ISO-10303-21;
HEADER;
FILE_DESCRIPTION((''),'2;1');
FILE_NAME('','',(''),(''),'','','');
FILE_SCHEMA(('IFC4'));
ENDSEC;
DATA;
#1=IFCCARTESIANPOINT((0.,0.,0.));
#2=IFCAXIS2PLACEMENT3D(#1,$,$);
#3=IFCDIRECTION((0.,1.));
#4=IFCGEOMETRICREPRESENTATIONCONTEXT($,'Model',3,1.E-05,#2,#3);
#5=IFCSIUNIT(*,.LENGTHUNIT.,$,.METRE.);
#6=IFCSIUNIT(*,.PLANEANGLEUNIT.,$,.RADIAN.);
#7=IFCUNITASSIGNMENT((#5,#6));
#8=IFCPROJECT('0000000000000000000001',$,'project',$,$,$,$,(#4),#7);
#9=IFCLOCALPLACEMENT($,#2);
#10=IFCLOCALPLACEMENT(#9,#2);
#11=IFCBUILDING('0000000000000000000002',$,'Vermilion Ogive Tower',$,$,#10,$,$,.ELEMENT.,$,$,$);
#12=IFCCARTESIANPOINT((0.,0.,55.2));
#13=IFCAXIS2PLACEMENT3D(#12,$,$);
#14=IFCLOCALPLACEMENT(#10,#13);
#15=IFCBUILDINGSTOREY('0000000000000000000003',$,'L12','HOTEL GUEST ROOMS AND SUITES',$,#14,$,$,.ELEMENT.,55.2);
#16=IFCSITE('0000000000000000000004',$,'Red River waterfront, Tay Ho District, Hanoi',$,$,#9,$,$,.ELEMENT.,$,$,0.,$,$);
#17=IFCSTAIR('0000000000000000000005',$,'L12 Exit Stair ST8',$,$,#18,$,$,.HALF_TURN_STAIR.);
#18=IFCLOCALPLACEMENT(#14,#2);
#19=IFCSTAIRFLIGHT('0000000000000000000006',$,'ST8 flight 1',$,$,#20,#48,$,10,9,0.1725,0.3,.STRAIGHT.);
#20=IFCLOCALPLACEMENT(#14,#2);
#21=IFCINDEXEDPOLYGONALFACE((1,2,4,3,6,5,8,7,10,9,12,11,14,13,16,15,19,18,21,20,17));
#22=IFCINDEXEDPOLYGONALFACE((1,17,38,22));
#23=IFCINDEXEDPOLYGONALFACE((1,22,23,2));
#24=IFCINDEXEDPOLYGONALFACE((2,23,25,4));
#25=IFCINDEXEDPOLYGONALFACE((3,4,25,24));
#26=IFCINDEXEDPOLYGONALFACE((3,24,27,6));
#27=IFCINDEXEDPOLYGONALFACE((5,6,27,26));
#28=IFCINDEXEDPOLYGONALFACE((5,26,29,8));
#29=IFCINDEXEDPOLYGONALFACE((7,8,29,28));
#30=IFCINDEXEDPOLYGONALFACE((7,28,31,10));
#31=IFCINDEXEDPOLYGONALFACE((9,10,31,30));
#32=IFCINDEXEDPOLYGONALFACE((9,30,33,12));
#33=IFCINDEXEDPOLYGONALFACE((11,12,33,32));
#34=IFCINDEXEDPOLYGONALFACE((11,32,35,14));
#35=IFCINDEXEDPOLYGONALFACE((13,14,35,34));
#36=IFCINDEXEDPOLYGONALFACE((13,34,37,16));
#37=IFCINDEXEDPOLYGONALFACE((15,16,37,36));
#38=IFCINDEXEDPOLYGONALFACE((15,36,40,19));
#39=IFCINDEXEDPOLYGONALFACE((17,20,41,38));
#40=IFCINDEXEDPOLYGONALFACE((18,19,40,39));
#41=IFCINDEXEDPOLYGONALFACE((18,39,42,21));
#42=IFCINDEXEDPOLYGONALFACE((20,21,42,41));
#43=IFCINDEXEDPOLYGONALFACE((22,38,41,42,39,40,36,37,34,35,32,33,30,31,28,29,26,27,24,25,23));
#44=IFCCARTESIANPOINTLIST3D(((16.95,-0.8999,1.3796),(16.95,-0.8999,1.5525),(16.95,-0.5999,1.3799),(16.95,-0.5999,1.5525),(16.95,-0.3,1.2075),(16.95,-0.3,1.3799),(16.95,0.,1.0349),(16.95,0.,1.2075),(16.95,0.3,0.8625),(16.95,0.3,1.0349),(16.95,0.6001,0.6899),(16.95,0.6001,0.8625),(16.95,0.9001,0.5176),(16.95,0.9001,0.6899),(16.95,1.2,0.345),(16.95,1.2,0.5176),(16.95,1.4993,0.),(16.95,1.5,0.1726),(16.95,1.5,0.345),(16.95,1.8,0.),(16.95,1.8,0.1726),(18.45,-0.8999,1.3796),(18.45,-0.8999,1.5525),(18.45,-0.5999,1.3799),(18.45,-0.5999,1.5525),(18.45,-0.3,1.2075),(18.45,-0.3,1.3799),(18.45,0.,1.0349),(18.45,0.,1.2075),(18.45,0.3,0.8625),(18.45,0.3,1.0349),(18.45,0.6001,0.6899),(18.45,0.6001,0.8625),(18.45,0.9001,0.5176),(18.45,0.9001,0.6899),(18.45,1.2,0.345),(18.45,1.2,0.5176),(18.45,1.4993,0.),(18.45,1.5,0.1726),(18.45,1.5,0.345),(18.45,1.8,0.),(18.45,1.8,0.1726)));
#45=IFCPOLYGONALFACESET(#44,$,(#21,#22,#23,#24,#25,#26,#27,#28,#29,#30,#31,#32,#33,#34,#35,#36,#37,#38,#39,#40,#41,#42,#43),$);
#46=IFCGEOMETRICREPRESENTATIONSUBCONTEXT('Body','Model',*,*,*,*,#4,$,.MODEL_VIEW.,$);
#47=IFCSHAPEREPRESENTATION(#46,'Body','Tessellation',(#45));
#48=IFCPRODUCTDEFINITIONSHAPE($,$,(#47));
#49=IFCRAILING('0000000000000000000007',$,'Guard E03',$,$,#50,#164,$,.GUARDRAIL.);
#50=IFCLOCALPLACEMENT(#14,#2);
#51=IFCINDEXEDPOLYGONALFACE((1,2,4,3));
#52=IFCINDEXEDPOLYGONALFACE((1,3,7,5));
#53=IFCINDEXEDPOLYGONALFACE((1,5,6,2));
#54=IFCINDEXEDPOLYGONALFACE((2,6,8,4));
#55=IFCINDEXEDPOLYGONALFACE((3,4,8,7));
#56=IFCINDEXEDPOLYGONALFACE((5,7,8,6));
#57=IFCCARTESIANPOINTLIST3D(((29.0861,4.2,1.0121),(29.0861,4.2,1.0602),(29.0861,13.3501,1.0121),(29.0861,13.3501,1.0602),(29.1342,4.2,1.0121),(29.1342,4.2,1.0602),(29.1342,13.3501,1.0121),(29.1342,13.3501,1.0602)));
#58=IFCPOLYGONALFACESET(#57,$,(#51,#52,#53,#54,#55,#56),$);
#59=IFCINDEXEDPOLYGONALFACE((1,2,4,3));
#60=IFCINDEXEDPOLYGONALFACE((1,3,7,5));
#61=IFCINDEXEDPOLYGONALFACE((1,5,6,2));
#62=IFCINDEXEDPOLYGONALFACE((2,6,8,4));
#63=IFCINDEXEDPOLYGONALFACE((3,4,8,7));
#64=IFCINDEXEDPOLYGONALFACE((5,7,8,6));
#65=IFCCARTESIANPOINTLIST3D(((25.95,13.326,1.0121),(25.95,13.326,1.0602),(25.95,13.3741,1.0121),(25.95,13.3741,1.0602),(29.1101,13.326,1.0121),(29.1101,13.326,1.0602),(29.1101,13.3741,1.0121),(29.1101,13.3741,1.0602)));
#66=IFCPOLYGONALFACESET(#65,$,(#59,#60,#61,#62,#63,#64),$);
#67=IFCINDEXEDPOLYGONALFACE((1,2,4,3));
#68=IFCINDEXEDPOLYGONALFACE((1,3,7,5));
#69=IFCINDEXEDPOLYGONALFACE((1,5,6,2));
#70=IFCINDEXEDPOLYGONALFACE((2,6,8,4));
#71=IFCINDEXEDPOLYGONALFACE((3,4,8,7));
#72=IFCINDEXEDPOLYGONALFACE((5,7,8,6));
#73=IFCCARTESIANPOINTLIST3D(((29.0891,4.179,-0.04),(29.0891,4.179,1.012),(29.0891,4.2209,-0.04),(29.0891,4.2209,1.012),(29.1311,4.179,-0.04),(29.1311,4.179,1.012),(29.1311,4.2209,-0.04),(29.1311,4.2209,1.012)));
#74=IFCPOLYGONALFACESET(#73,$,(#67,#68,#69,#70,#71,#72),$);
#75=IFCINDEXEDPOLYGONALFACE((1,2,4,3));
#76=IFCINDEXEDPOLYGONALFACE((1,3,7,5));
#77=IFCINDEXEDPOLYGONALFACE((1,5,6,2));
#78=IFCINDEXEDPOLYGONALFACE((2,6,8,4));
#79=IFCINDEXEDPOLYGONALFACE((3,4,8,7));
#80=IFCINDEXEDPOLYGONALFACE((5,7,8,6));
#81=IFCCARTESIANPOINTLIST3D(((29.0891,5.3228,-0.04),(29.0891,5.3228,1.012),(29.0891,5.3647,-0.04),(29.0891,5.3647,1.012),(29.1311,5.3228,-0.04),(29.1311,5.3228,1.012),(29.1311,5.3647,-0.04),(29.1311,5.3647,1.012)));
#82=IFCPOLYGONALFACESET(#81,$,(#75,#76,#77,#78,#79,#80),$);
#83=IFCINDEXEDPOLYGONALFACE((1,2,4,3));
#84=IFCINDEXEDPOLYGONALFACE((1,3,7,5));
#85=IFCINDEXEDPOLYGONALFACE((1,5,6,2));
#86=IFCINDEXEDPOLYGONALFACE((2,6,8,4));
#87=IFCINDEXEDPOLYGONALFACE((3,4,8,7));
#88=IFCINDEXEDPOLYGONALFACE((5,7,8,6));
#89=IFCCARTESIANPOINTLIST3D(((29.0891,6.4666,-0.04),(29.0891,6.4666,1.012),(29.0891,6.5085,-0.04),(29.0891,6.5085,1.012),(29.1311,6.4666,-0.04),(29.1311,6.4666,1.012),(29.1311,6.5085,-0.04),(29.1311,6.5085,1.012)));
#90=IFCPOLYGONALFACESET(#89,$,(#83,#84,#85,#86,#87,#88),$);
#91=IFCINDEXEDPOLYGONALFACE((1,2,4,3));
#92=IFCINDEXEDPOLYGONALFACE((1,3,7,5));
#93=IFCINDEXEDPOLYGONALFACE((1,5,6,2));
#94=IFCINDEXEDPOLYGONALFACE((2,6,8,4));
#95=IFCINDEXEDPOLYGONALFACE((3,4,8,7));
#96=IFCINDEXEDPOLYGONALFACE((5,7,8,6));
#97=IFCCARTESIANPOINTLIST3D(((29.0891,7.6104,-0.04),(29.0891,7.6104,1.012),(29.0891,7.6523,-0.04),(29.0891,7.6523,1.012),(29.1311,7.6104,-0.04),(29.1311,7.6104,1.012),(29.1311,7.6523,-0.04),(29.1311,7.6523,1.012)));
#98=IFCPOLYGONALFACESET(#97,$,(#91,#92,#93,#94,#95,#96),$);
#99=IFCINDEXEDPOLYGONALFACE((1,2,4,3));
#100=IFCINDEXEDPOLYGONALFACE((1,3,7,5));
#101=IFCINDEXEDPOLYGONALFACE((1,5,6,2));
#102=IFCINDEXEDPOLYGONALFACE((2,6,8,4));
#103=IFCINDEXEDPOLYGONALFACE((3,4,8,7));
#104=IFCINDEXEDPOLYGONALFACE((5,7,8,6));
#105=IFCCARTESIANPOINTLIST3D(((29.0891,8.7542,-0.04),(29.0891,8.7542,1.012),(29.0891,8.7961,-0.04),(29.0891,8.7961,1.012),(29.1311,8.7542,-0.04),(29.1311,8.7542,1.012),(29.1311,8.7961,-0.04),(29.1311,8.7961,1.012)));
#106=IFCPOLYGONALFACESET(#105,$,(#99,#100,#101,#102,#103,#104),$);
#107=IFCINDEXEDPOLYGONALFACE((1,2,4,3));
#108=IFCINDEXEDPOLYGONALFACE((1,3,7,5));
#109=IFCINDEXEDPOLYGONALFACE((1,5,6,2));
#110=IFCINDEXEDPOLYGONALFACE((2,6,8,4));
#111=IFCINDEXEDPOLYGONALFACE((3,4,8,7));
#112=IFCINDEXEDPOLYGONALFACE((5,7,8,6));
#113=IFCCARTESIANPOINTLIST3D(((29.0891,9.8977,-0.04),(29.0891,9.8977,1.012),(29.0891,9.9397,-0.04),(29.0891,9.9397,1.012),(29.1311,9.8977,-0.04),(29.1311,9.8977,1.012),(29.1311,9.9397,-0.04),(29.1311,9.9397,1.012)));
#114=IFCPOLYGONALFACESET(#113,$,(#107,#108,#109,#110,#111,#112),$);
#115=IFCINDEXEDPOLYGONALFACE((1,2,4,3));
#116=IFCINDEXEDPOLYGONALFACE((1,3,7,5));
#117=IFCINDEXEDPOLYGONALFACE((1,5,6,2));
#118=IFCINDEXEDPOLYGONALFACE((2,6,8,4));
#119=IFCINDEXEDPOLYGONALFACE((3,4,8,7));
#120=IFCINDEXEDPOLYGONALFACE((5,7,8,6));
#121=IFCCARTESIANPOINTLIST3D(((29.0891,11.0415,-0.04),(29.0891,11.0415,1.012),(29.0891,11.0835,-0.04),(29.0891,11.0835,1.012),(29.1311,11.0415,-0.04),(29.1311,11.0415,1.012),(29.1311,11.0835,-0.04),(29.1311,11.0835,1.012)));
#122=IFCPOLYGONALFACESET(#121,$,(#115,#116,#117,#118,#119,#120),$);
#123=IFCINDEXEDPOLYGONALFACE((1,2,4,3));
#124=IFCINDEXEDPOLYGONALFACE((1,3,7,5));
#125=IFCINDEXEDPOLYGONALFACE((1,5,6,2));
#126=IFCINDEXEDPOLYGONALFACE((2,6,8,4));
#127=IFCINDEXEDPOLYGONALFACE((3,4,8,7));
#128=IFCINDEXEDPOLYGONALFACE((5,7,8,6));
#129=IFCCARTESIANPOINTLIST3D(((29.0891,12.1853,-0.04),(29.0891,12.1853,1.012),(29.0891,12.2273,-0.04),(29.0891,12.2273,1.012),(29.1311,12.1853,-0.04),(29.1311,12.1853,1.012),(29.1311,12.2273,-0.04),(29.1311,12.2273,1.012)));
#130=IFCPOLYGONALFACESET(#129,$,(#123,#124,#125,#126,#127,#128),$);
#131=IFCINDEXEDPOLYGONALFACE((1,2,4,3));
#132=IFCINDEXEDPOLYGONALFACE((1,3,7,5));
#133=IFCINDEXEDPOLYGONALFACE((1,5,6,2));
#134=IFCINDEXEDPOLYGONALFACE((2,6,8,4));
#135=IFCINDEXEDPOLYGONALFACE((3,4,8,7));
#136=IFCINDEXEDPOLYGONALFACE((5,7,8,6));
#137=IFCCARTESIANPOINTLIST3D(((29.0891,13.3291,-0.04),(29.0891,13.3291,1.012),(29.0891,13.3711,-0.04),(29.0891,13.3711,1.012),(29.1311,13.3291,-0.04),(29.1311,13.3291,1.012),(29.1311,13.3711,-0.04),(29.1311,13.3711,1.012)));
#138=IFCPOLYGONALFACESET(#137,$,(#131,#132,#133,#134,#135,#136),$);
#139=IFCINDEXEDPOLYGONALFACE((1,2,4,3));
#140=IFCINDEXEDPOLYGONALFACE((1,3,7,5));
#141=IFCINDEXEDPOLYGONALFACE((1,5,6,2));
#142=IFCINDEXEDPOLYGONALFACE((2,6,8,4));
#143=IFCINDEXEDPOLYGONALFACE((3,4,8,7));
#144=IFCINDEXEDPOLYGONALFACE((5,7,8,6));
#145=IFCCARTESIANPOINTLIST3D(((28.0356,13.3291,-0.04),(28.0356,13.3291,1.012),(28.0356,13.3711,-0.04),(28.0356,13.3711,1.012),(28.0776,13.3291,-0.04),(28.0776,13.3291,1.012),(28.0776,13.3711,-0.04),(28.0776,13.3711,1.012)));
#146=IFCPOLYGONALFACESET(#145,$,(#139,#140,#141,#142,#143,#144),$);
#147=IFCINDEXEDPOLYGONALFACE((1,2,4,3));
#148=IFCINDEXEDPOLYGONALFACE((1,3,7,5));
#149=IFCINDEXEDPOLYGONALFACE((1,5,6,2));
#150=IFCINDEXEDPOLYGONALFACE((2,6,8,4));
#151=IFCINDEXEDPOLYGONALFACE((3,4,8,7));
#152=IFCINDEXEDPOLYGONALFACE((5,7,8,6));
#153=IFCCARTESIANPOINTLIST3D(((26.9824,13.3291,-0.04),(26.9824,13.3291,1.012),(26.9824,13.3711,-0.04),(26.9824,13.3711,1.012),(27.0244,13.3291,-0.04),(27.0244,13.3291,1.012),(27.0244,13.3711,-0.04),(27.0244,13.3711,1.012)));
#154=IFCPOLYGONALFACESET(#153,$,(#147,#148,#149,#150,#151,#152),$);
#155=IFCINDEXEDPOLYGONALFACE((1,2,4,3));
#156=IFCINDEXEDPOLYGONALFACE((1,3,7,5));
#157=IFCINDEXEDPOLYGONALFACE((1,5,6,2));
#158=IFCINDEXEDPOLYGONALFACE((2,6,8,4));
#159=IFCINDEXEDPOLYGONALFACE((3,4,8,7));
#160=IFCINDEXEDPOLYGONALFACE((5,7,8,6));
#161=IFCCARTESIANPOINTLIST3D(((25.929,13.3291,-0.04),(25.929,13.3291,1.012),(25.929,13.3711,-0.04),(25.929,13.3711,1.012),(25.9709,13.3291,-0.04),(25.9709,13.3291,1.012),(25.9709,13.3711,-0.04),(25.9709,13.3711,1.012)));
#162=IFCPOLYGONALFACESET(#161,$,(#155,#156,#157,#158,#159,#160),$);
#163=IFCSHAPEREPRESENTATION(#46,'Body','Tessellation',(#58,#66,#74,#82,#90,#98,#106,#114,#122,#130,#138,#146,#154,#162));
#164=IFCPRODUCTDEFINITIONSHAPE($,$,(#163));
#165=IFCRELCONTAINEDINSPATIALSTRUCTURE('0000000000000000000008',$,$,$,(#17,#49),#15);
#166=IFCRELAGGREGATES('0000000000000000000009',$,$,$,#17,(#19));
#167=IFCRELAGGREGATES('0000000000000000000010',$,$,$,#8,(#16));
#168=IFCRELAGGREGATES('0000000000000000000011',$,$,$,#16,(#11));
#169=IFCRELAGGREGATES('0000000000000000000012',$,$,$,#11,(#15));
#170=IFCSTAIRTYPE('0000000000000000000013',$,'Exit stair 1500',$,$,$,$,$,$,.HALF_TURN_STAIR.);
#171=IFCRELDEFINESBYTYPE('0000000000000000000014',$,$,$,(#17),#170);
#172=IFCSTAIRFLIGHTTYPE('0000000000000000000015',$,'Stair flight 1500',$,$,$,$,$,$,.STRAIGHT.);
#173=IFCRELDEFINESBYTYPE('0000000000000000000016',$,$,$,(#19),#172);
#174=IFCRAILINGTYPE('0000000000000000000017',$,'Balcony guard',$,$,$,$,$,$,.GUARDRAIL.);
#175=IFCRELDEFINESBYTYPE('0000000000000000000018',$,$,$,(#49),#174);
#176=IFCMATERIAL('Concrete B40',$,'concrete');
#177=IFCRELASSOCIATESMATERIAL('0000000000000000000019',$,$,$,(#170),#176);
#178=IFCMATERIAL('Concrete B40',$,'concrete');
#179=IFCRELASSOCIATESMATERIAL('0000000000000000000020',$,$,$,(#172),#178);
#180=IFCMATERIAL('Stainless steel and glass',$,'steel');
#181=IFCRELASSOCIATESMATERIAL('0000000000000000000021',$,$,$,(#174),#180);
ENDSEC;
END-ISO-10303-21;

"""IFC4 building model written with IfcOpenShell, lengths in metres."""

from ifc_helpers import new_model, si_unit, direction, frame, origin, origin_2d, place, context, subcontext, project, spatial, polyline, rectangle, outline, extrude, material, type_object, element, aggregate, save


model = new_model("IFC4")

# Units and contexts
model_context = context("Model", 3, precision=1e-05, world=origin(), true_north=direction((0.0, 1.0)))
body_context = subcontext(model_context, "Body", "Model", "MODEL_VIEW")
ifc_project = project(units=[si_unit("LENGTHUNIT", "METRE"), si_unit("PLANEANGLEUNIT", "RADIAN")], contexts=[model_context])

# Site, building, storey
site_placement = place(None, origin())
site = spatial("IfcSite", under=ifc_project, at=site_placement, Name="Red River waterfront, Tay Ho District, Hanoi", CompositionType="ELEMENT", RefElevation=0.0)
building_placement = place(site_placement, origin())
building = spatial("IfcBuilding", under=site, at=building_placement, Name="Vermilion Ogive Tower", CompositionType="ELEMENT")
storey_placement = place(building_placement, frame((0.0, 0.0, 55.2)))
storey = spatial("IfcBuildingStorey", under=building, at=storey_placement, Name="L12", Description="HOTEL GUEST ROOMS AND SUITES", CompositionType="ELEMENT", Elevation=55.2)

# Stair, stair flight
ifc_material_1 = material(Name="Concrete B40", Category="concrete")
stair_type = type_object("IfcStairType", Name="Exit stair 1500", PredefinedType="HALF_TURN_STAIR", material=ifc_material_1)
stair_placement = place(storey_placement, origin())
stair = element("IfcStair", 1, at=stair_placement, inside=storey, type_object=stair_type, Name="L12 Exit Stair ST8", PredefinedType="HALF_TURN_STAIR")
ifc_material_2 = material(Name="Concrete B40", Category="concrete")
stair_flight_type = type_object("IfcStairFlightType", Name="Stair flight 1500", PredefinedType="STRAIGHT", material=ifc_material_2)
stair_flight_placement = place(storey_placement, frame((17.7, 1.8, 0.0), z_axis=(0.0, 0.0, 1.0), x_axis=(0.0, -1.0, 0.0)))
stair_flight = element("IfcStairFlight", 2, at=stair_flight_placement, type_object=stair_flight_type, Name="ST8 flight 1", NumberOfRisers=10, NumberOfTreads=9, PredefinedType="STRAIGHT", RiserHeight=0.1725, TreadLength=0.3, context=body_context, shape_type="SweptSolid", body=[
    extrude(outline(polyline([(0.0, 0.0), (0.0, 0.1726), (0.3, 0.1726), (0.3, 0.345), (0.6001, 0.345), (0.6001, 0.5176), (0.8999, 0.5176), (0.8999, 0.6899), (1.2, 0.6899), (1.2, 0.8625), (1.5, 0.8625), (1.5, 1.0349), (1.8, 1.0349), (1.8, 1.2075), (2.1001, 1.2075), (2.1001, 1.3799), (2.3999, 1.3799), (2.3999, 1.5525), (2.7, 1.5525), (2.7, 1.7251), (2.7, 1.3796), (0.3008, 0.0), (0.0, 0.0)])), frame((0.0, 0.75, 0.0), z_axis=(0.0, -1.0, 0.0), x_axis=(1.0, 0.0, 0.0)), (0.0, 0.0, 1.0), 1.5),
])
aggregate(stair, [stair_flight])

# Railing
ifc_material_3 = material(Name="Stainless steel and glass", Category="steel")
railing_type_1 = type_object("IfcRailingType", Name="Balcony guard", PredefinedType="GUARDRAIL", material=ifc_material_3)
railing_1_placement = place(storey_placement, frame((29.1101, 4.2, -0.04)))
element("IfcRailing", 3, at=railing_1_placement, inside=storey, type_object=railing_type_1, Name="Guard E03", PredefinedType="GUARDRAIL", context=body_context, shape_type="SweptSolid", body=[
    extrude(rectangle(XDim=0.0481, YDim=0.0481, at=origin_2d()), frame((0.0, 0.0, 1.0762), z_axis=(0.0, 1.0, 0.0), x_axis=(-1.0, 0.0, 0.0)), (0.0, 0.0, 1.0), 9.1501),
    extrude(rectangle(XDim=0.0481, YDim=0.0481, at=origin_2d()), frame((0.0, 9.1501, 1.0762), z_axis=(-1.0, 0.0, 0.0), x_axis=(0.0, -1.0, 0.0)), (0.0, 0.0, 1.0), 3.1602),
    extrude(rectangle(XDim=0.042, YDim=0.042, at=origin_2d()), origin(), (0.0, 0.0, 1.0), 1.052),
    extrude(rectangle(XDim=0.042, YDim=0.042, at=origin_2d()), frame((0.0, 1.1438, 0.0)), (0.0, 0.0, 1.0), 1.052),
    extrude(rectangle(XDim=0.042, YDim=0.042, at=origin_2d()), frame((0.0, 2.2876, 0.0)), (0.0, 0.0, 1.0), 1.052),
    extrude(rectangle(XDim=0.042, YDim=0.042, at=origin_2d()), frame((0.0, 3.4314, 0.0)), (0.0, 0.0, 1.0), 1.052),
    extrude(rectangle(XDim=0.042, YDim=0.042, at=origin_2d()), frame((0.0, 4.5752, 0.0)), (0.0, 0.0, 1.0), 1.052),
    extrude(rectangle(XDim=0.042, YDim=0.042, at=origin_2d()), frame((0.0, 5.7188, 0.0)), (0.0, 0.0, 1.0), 1.052),
    extrude(rectangle(XDim=0.042, YDim=0.042, at=origin_2d()), frame((0.0, 6.8625, 0.0)), (0.0, 0.0, 1.0), 1.052),
    extrude(rectangle(XDim=0.042, YDim=0.042, at=origin_2d()), frame((0.0, 8.0063, 0.0)), (0.0, 0.0, 1.0), 1.052),
    extrude(rectangle(XDim=0.042, YDim=0.042, at=origin_2d()), frame((0.0, 9.1501, 0.0)), (0.0, 0.0, 1.0), 1.052),
    extrude(rectangle(XDim=0.042, YDim=0.042, at=origin_2d()), frame((-1.0535, 9.1501, 0.0)), (0.0, 0.0, 1.0), 1.052),
    extrude(rectangle(XDim=0.042, YDim=0.042, at=origin_2d()), frame((-2.1067, 9.1501, 0.0)), (0.0, 0.0, 1.0), 1.052),
    extrude(rectangle(XDim=0.042, YDim=0.042, at=origin_2d()), frame((-3.1602, 9.1501, 0.0)), (0.0, 0.0, 1.0), 1.052),
])

save(model, "model.ifc")
